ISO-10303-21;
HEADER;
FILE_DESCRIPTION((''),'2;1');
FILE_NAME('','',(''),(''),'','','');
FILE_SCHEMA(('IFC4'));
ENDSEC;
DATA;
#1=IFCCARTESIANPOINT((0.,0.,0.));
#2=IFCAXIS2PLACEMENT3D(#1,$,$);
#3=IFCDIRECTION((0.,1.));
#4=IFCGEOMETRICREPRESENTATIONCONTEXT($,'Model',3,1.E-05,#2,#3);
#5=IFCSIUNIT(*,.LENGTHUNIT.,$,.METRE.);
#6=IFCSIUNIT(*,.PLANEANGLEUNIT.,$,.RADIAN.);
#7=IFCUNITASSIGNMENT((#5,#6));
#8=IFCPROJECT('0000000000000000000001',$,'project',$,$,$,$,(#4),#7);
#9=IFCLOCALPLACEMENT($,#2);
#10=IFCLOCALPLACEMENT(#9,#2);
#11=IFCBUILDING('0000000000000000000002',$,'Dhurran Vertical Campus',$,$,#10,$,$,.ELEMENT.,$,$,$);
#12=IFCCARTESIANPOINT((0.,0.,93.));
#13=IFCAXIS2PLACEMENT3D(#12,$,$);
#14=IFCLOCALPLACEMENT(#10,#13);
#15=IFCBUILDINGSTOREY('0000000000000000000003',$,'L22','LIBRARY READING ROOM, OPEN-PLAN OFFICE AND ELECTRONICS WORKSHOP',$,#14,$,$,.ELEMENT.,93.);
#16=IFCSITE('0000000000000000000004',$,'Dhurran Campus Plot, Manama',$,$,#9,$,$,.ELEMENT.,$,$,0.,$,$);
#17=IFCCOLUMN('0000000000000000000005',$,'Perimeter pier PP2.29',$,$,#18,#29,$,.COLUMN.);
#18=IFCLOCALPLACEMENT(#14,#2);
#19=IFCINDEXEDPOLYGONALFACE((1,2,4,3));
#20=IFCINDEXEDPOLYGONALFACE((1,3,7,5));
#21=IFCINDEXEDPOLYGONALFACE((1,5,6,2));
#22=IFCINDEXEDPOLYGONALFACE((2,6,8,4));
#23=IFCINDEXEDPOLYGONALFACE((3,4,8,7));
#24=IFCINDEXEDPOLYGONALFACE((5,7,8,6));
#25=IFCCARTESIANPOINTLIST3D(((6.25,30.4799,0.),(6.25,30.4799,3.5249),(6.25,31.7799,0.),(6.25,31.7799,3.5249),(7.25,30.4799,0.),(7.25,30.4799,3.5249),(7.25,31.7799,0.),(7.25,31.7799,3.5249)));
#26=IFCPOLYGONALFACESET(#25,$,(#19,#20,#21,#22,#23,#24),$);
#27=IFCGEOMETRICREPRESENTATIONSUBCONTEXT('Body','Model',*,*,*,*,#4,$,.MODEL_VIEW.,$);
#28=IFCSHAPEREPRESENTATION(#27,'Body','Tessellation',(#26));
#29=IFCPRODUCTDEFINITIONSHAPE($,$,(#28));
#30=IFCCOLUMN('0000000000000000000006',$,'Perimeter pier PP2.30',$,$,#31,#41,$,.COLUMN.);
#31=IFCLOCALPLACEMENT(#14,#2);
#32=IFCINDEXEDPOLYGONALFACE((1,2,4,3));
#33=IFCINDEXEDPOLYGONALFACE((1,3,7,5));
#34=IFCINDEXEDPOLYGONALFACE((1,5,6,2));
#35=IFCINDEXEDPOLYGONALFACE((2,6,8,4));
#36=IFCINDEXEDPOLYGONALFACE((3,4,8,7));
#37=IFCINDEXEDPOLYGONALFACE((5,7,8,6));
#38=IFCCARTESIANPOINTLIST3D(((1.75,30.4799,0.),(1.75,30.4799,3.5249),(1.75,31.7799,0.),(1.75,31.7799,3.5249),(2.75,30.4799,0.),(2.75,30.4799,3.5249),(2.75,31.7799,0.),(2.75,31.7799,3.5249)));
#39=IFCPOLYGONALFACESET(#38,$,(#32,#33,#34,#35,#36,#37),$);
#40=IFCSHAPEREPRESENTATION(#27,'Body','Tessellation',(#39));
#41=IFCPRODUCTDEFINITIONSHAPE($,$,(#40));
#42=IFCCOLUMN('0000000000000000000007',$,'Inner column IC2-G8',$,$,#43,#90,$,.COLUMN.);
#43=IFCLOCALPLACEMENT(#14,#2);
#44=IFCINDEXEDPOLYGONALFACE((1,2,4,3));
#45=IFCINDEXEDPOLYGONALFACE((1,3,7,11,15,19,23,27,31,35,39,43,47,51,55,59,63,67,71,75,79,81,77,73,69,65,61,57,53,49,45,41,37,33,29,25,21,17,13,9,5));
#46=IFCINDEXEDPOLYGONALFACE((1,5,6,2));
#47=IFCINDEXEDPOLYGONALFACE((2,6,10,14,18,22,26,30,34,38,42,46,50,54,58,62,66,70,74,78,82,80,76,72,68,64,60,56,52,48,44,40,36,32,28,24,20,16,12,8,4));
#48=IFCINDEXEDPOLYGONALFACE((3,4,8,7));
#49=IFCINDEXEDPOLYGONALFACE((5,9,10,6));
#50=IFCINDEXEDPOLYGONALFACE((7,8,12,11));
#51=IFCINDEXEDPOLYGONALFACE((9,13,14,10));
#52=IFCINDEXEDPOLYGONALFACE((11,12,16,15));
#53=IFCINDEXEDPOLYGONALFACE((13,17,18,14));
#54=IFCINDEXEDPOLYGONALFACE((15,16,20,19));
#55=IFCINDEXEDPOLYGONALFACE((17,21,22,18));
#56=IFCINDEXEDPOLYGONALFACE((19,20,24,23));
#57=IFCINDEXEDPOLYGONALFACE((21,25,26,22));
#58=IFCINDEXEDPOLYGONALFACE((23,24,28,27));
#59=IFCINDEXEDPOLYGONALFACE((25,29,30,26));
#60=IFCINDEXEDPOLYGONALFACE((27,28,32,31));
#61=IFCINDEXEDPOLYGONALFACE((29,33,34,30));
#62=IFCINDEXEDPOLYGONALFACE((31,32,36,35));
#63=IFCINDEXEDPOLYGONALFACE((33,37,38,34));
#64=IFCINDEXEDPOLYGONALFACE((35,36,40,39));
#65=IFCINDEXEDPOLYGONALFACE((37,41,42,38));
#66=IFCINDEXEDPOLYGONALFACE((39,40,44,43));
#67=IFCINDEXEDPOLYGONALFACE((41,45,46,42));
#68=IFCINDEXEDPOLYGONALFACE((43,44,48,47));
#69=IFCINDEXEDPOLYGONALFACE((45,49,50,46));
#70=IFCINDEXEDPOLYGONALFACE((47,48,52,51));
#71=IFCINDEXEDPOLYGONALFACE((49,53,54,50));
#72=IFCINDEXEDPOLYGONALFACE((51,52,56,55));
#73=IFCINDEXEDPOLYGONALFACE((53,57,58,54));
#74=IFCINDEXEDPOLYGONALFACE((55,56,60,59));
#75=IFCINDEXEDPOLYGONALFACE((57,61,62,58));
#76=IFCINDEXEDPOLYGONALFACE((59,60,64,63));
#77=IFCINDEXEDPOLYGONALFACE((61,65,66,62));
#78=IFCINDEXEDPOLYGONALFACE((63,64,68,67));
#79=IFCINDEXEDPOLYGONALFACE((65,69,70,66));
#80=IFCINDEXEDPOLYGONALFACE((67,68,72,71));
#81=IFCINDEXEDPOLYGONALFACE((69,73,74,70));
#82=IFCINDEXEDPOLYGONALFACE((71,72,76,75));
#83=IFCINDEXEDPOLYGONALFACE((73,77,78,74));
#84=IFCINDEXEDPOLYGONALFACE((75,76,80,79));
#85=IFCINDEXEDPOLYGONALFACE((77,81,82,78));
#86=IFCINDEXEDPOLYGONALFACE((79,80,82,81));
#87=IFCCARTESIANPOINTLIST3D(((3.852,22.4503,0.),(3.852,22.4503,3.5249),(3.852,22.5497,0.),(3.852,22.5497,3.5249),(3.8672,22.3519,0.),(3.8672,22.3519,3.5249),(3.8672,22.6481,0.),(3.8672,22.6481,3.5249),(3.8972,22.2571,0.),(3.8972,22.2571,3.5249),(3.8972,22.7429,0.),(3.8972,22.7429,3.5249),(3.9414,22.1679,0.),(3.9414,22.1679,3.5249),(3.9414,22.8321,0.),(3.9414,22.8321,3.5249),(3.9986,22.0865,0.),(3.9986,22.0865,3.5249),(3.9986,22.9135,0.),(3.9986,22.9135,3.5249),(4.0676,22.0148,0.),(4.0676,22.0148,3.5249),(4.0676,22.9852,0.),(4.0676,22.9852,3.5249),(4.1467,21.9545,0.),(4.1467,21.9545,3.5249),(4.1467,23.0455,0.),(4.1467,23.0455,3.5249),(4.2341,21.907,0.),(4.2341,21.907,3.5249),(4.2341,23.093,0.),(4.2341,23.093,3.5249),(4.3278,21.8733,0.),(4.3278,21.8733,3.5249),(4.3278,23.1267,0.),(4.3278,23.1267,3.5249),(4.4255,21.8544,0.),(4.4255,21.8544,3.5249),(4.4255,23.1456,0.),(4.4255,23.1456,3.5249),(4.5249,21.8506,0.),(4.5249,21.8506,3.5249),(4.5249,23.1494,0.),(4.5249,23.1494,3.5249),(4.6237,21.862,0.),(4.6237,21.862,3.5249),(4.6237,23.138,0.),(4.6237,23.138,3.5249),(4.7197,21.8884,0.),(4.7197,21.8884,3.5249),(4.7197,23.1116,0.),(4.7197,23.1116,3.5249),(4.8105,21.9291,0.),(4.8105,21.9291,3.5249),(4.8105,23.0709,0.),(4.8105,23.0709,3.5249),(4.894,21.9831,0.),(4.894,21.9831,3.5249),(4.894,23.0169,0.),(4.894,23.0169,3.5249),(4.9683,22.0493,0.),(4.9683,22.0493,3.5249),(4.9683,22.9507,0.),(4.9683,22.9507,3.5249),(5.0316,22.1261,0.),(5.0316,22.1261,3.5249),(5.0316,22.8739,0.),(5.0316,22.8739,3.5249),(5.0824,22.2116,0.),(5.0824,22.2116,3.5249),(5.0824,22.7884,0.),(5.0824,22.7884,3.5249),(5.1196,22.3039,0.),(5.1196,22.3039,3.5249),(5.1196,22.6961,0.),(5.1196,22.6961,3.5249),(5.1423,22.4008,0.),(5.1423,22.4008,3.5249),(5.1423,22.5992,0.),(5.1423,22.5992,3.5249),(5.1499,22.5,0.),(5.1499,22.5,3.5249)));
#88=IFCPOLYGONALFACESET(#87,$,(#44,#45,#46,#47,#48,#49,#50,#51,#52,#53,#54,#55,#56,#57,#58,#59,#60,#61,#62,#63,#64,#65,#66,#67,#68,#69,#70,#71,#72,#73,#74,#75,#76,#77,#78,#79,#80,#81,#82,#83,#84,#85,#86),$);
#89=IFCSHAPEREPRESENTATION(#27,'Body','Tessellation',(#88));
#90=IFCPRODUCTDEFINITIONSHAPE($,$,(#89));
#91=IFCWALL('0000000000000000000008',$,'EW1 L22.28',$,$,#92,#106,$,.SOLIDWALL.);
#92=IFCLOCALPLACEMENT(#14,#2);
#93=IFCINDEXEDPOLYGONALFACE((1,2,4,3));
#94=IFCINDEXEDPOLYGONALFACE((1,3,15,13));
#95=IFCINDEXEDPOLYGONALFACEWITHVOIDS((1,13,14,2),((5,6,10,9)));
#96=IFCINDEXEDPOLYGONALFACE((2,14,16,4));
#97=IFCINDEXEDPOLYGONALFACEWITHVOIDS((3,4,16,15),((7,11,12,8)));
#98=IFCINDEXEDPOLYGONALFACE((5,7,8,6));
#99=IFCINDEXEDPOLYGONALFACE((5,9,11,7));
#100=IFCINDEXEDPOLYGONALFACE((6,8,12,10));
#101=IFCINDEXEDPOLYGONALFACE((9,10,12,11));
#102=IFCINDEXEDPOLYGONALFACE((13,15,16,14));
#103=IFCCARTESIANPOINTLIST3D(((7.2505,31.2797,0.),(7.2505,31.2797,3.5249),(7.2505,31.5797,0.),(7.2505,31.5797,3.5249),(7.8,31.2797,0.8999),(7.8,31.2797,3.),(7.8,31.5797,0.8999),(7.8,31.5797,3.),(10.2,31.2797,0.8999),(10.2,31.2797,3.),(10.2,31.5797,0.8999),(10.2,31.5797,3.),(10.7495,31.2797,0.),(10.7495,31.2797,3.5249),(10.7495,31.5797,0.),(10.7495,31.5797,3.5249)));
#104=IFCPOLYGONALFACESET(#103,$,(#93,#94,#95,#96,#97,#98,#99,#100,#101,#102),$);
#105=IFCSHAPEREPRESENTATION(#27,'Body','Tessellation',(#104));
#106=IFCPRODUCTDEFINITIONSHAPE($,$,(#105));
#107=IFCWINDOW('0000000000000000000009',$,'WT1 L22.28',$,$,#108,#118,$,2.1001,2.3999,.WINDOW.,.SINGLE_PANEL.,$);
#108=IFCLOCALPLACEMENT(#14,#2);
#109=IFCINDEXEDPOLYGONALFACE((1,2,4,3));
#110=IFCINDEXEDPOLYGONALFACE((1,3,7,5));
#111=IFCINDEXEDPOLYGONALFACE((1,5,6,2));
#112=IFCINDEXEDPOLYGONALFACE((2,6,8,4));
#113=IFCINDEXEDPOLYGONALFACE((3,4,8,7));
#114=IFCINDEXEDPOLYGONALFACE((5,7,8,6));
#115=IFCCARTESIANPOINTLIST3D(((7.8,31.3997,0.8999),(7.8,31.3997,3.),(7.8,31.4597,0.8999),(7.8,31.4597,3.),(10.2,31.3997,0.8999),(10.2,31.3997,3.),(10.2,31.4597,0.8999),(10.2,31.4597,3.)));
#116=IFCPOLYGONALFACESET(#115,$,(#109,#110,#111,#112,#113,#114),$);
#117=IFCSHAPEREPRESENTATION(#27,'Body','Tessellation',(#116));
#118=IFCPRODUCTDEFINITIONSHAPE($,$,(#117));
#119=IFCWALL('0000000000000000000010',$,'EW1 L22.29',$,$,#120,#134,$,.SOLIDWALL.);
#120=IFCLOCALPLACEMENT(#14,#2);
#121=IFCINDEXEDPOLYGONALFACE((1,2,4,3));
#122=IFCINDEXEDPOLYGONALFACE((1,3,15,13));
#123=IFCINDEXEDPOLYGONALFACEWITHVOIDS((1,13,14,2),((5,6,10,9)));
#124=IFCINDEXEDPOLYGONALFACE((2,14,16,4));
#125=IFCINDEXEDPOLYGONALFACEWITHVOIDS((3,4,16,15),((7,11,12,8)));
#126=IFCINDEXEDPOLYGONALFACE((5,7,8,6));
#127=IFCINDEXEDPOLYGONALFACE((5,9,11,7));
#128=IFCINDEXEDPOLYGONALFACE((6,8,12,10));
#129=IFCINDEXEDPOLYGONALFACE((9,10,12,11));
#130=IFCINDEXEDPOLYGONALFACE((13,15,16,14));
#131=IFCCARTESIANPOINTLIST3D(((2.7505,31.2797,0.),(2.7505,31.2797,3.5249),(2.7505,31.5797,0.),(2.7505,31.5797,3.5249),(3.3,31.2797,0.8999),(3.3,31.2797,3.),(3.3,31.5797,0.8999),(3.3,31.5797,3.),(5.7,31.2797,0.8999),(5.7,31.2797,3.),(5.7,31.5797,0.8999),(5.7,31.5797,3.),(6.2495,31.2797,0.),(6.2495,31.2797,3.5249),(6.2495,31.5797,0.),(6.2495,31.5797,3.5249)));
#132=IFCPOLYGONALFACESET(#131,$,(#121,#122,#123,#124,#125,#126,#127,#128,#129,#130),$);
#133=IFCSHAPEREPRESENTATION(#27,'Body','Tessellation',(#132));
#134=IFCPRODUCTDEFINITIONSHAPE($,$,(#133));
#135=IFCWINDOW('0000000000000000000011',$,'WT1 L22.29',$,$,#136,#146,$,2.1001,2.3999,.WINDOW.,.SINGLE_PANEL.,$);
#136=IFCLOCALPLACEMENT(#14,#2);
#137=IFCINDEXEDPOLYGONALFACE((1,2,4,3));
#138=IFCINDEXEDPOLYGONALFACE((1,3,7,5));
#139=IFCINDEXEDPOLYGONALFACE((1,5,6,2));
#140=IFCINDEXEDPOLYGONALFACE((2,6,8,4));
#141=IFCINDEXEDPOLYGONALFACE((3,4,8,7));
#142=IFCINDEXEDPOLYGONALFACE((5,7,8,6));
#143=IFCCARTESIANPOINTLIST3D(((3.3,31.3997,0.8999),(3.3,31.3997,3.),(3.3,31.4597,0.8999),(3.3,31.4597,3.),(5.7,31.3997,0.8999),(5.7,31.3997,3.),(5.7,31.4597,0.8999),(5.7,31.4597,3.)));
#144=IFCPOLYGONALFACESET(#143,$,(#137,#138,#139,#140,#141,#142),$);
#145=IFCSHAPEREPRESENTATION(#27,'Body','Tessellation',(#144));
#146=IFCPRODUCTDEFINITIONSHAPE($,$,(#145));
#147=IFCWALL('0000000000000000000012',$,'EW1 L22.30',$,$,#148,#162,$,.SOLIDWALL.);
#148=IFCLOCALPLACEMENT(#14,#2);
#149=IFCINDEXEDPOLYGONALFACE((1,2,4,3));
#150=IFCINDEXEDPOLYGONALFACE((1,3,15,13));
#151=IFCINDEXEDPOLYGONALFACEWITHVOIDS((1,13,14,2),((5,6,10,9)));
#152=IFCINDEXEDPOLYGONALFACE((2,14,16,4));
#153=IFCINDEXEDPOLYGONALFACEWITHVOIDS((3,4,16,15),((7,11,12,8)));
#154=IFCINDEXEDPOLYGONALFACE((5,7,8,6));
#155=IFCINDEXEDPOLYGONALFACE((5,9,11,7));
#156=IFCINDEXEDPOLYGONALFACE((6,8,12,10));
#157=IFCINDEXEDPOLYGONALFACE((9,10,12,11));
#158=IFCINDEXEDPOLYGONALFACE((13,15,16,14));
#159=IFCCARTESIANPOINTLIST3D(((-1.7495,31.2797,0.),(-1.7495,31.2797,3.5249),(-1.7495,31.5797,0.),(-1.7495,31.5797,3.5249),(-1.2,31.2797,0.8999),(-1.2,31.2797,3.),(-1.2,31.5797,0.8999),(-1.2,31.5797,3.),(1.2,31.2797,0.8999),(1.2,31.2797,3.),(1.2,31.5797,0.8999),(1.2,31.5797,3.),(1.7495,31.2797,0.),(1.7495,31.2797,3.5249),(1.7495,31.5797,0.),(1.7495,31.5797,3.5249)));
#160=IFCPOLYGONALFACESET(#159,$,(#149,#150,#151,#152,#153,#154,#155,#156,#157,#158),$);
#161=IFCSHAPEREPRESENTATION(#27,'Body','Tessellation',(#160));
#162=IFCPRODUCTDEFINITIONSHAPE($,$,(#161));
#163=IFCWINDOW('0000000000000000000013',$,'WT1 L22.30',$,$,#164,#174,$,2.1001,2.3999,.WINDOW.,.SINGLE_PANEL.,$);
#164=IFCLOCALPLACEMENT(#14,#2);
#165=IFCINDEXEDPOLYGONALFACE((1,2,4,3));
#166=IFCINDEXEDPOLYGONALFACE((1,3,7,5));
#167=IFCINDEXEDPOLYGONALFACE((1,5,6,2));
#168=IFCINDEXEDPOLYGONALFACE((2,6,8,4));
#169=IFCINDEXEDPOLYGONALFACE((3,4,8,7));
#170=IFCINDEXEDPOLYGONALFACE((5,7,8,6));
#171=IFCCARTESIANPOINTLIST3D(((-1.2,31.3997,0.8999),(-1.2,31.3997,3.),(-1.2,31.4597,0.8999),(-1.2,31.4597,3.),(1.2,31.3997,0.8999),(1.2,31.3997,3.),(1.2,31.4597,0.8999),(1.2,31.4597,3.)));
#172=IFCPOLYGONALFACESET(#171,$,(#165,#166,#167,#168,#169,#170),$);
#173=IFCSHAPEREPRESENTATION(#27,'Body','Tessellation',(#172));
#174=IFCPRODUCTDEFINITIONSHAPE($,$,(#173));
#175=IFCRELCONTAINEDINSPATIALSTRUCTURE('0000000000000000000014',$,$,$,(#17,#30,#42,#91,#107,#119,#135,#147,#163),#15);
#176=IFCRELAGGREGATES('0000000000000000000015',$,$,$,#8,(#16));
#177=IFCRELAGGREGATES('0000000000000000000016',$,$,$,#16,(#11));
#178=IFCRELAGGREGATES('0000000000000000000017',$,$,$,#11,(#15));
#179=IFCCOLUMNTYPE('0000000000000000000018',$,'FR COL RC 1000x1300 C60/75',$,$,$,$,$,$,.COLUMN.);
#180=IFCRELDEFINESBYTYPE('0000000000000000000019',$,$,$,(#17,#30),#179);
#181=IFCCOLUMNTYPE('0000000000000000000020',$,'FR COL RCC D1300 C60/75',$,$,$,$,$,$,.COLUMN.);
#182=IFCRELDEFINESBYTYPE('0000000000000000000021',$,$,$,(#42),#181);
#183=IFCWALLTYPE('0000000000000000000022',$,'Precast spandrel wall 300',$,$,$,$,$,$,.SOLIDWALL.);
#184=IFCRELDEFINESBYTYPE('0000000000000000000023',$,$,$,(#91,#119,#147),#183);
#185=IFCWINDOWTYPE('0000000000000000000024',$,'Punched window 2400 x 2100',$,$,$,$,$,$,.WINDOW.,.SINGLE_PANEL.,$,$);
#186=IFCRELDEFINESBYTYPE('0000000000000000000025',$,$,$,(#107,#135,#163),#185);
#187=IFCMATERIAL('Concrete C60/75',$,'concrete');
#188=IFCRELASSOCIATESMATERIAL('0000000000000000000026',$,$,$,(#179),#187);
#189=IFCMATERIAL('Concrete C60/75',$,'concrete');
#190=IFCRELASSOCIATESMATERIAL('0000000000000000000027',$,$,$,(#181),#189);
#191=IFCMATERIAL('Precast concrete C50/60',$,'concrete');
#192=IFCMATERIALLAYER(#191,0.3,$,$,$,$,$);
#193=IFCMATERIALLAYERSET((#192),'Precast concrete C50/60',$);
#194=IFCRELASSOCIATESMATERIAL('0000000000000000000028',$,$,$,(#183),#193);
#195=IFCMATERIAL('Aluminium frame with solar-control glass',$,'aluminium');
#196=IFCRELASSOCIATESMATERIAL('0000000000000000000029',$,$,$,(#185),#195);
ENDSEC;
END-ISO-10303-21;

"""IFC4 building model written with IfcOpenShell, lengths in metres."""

from ifc_helpers import new_model, si_unit, direction, frame, frame_2d, origin, origin_2d, place, context, subcontext, project, spatial, rectangle, circle, extrude, material, layer, layer_set, material_profile, profile_set, type_object, element, fill, save


model = new_model("IFC4")

# Units and contexts
model_context = context("Model", 3, precision=1e-05, world=origin(), true_north=direction((0.0, 1.0)))
body_context = subcontext(model_context, "Body", "Model", "MODEL_VIEW")
ifc_project = project(units=[si_unit("LENGTHUNIT", "METRE"), si_unit("PLANEANGLEUNIT", "RADIAN")], contexts=[model_context])

# Site, building, storey
site_placement = place(None, origin())
site = spatial("IfcSite", under=ifc_project, at=site_placement, Name="Dhurran Campus Plot, Manama", CompositionType="ELEMENT", RefElevation=0.0)
building_placement = place(site_placement, origin())
building = spatial("IfcBuilding", under=site, at=building_placement, Name="Dhurran Vertical Campus", CompositionType="ELEMENT")
storey_placement = place(building_placement, frame((0.0, 0.0, 93.0)))
storey = spatial("IfcBuildingStorey", under=building, at=storey_placement, Name="L22", Description="LIBRARY READING ROOM, OPEN-PLAN OFFICE AND ELECTRONICS WORKSHOP", CompositionType="ELEMENT", Elevation=93.0)

# Columns
ifc_material_1 = material(Name="Concrete C60/75", Category="concrete")
ifc_material_profile_1 = material_profile(ifc_material_1, rectangle(XDim=1.0, YDim=1.3, at=origin_2d()), Name="RC 1000x1300")
ifc_profile_set_1 = profile_set([ifc_material_profile_1], Name="Concrete C60/75")
column_type_1 = type_object("IfcColumnType", Name="FR COL RC 1000x1300 C60/75", PredefinedType="COLUMN", material=ifc_profile_set_1)
for number, where, z_axis, x_axis, name in (
    (1, (6.75, 31.1299, 0.0), (0.0, 0.0, 1.0), (-1.0, 0.0, 0.0), "Perimeter pier PP2.29"),
    (2, (2.25, 31.1299, 0.0), (0.0, 0.0, 1.0), (-1.0, 0.0, 0.0), "Perimeter pier PP2.30"),
):
    element("IfcColumn", number, at=place(storey_placement, frame(where, z_axis=z_axis, x_axis=x_axis)), inside=storey, type_object=column_type_1, Name=name, PredefinedType="COLUMN", context=body_context, shape_type="SweptSolid", body=[
        extrude(rectangle(XDim=1.0, YDim=1.3, at=origin_2d()), origin(), (0.0, 0.0, 1.0), 3.5249),
    ])
ifc_material_2 = material(Name="Concrete C60/75", Category="concrete")
ifc_material_profile_2 = material_profile(ifc_material_2, circle(Radius=0.6499, at=origin_2d()), Name="RCC D1300")
ifc_profile_set_2 = profile_set([ifc_material_profile_2], Name="Concrete C60/75")
column_type_2 = type_object("IfcColumnType", Name="FR COL RCC D1300 C60/75", PredefinedType="COLUMN", material=ifc_profile_set_2)
column_placement = place(storey_placement, frame((4.5, 22.5, 0.0), z_axis=(0.0, 0.0, 1.0), x_axis=(1.0, 0.0, 0.0)))
element("IfcColumn", 3, at=column_placement, inside=storey, type_object=column_type_2, Name="Inner column IC2-G8", PredefinedType="COLUMN", context=body_context, shape_type="SweptSolid", body=[
    extrude(circle(Radius=0.6499, at=origin_2d()), origin(), (0.0, 0.0, 1.0), 3.5249),
])

# Walls, openings, windows
ifc_material_3 = material(Name="Precast concrete C50/60", Category="concrete")
ifc_layer_1 = layer(ifc_material_3, 0.3)
ifc_layer_set_1 = layer_set([ifc_layer_1], Name="Precast concrete C50/60")
wall_type_1 = type_object("IfcWallType", Name="Precast spandrel wall 300", PredefinedType="SOLIDWALL", material=ifc_layer_set_1)
wall_1_placement = place(storey_placement, frame((10.7495, 31.4297, 0.0), z_axis=(0.0, 0.0, 1.0), x_axis=(-1.0, 0.0, 0.0)))
wall_1 = element("IfcWall", 4, at=wall_1_placement, inside=storey, type_object=wall_type_1, Name="EW1 L22.28", PredefinedType="SOLIDWALL", context=body_context, shape_type="SweptSolid", body=[
    extrude(rectangle(XDim=3.499, YDim=0.3, at=frame_2d((1.7495, 0.0))), origin(), (0.0, 0.0, 1.0), 3.5249),
])
opening_1_placement = place(wall_1_placement, frame((0.5496, 0.0, 0.8999)))
opening_1 = element("IfcOpeningElement", 5, at=opening_1_placement, cuts=wall_1, PredefinedType="OPENING", context=body_context, shape_type="SweptSolid", body=[
    extrude(rectangle(XDim=2.3999, YDim=2.1001, at=frame_2d((1.2, 1.05))), frame((0.0, 0.1599, 0.0), z_axis=(0.0, -1.0, 0.0), x_axis=(1.0, 0.0, 0.0)), (0.0, 0.0, 1.0), 0.3201),
])
ifc_material_4 = material(Name="Aluminium frame with solar-control glass", Category="aluminium")
window_type = type_object("IfcWindowType", Name="Punched window 2400 x 2100", PartitioningType="SINGLE_PANEL", PredefinedType="WINDOW", material=ifc_material_4)
window_1_placement = place(opening_1_placement, origin())
window_1 = element("IfcWindow", 6, at=window_1_placement, inside=storey, type_object=window_type, Name="WT1 L22.28", OverallHeight=2.1001, OverallWidth=2.3999, PartitioningType="SINGLE_PANEL", PredefinedType="WINDOW", context=body_context, shape_type="SweptSolid", body=[
    extrude(rectangle(XDim=2.3999, YDim=2.1001, at=frame_2d((1.2, 1.05))), frame((0.0, 0.03, 0.0), z_axis=(0.0, -1.0, 0.0), x_axis=(1.0, 0.0, 0.0)), (0.0, 0.0, 1.0), 0.0601),
])
fill(opening_1, window_1)
wall_2_placement = place(storey_placement, frame((6.2495, 31.4297, 0.0), z_axis=(0.0, 0.0, 1.0), x_axis=(-1.0, 0.0, 0.0)))
wall_2 = element("IfcWall", 7, at=wall_2_placement, inside=storey, type_object=wall_type_1, Name="EW1 L22.29", PredefinedType="SOLIDWALL", context=body_context, shape_type="SweptSolid", body=[
    extrude(rectangle(XDim=3.499, YDim=0.3, at=frame_2d((1.7495, 0.0))), origin(), (0.0, 0.0, 1.0), 3.5249),
])
opening_2_placement = place(wall_2_placement, frame((0.5496, 0.0, 0.8999)))
opening_2 = element("IfcOpeningElement", 8, at=opening_2_placement, cuts=wall_2, PredefinedType="OPENING", context=body_context, shape_type="SweptSolid", body=[
    extrude(rectangle(XDim=2.3999, YDim=2.1001, at=frame_2d((1.2, 1.05))), frame((0.0, 0.1599, 0.0), z_axis=(0.0, -1.0, 0.0), x_axis=(1.0, 0.0, 0.0)), (0.0, 0.0, 1.0), 0.3201),
])
window_2_placement = place(opening_2_placement, origin())
window_2 = element("IfcWindow", 9, at=window_2_placement, inside=storey, type_object=window_type, Name="WT1 L22.29", OverallHeight=2.1001, OverallWidth=2.3999, PartitioningType="SINGLE_PANEL", PredefinedType="WINDOW", context=body_context, shape_type="SweptSolid", body=[
    extrude(rectangle(XDim=2.3999, YDim=2.1001, at=frame_2d((1.2, 1.05))), frame((0.0, 0.03, 0.0), z_axis=(0.0, -1.0, 0.0), x_axis=(1.0, 0.0, 0.0)), (0.0, 0.0, 1.0), 0.0601),
])
fill(opening_2, window_2)
wall_3_placement = place(storey_placement, frame((1.7495, 31.4297, 0.0), z_axis=(0.0, 0.0, 1.0), x_axis=(-1.0, 0.0, 0.0)))
wall_3 = element("IfcWall", 10, at=wall_3_placement, inside=storey, type_object=wall_type_1, Name="EW1 L22.30", PredefinedType="SOLIDWALL", context=body_context, shape_type="SweptSolid", body=[
    extrude(rectangle(XDim=3.499, YDim=0.3, at=frame_2d((1.7495, 0.0))), origin(), (0.0, 0.0, 1.0), 3.5249),
])
opening_3_placement = place(wall_3_placement, frame((0.5496, 0.0, 0.8999)))
opening_3 = element("IfcOpeningElement", 11, at=opening_3_placement, cuts=wall_3, PredefinedType="OPENING", context=body_context, shape_type="SweptSolid", body=[
    extrude(rectangle(XDim=2.3999, YDim=2.1001, at=frame_2d((1.2, 1.05))), frame((0.0, 0.1599, 0.0), z_axis=(0.0, -1.0, 0.0), x_axis=(1.0, 0.0, 0.0)), (0.0, 0.0, 1.0), 0.3201),
])
window_3_placement = place(opening_3_placement, origin())
window_3 = element("IfcWindow", 12, at=window_3_placement, inside=storey, type_object=window_type, Name="WT1 L22.30", OverallHeight=2.1001, OverallWidth=2.3999, PartitioningType="SINGLE_PANEL", PredefinedType="WINDOW", context=body_context, shape_type="SweptSolid", body=[
    extrude(rectangle(XDim=2.3999, YDim=2.1001, at=frame_2d((1.2, 1.05))), frame((0.0, 0.03, 0.0), z_axis=(0.0, -1.0, 0.0), x_axis=(1.0, 0.0, 0.0)), (0.0, 0.0, 1.0), 0.0601),
])
fill(opening_3, window_3)

save(model, "model.ifc")
